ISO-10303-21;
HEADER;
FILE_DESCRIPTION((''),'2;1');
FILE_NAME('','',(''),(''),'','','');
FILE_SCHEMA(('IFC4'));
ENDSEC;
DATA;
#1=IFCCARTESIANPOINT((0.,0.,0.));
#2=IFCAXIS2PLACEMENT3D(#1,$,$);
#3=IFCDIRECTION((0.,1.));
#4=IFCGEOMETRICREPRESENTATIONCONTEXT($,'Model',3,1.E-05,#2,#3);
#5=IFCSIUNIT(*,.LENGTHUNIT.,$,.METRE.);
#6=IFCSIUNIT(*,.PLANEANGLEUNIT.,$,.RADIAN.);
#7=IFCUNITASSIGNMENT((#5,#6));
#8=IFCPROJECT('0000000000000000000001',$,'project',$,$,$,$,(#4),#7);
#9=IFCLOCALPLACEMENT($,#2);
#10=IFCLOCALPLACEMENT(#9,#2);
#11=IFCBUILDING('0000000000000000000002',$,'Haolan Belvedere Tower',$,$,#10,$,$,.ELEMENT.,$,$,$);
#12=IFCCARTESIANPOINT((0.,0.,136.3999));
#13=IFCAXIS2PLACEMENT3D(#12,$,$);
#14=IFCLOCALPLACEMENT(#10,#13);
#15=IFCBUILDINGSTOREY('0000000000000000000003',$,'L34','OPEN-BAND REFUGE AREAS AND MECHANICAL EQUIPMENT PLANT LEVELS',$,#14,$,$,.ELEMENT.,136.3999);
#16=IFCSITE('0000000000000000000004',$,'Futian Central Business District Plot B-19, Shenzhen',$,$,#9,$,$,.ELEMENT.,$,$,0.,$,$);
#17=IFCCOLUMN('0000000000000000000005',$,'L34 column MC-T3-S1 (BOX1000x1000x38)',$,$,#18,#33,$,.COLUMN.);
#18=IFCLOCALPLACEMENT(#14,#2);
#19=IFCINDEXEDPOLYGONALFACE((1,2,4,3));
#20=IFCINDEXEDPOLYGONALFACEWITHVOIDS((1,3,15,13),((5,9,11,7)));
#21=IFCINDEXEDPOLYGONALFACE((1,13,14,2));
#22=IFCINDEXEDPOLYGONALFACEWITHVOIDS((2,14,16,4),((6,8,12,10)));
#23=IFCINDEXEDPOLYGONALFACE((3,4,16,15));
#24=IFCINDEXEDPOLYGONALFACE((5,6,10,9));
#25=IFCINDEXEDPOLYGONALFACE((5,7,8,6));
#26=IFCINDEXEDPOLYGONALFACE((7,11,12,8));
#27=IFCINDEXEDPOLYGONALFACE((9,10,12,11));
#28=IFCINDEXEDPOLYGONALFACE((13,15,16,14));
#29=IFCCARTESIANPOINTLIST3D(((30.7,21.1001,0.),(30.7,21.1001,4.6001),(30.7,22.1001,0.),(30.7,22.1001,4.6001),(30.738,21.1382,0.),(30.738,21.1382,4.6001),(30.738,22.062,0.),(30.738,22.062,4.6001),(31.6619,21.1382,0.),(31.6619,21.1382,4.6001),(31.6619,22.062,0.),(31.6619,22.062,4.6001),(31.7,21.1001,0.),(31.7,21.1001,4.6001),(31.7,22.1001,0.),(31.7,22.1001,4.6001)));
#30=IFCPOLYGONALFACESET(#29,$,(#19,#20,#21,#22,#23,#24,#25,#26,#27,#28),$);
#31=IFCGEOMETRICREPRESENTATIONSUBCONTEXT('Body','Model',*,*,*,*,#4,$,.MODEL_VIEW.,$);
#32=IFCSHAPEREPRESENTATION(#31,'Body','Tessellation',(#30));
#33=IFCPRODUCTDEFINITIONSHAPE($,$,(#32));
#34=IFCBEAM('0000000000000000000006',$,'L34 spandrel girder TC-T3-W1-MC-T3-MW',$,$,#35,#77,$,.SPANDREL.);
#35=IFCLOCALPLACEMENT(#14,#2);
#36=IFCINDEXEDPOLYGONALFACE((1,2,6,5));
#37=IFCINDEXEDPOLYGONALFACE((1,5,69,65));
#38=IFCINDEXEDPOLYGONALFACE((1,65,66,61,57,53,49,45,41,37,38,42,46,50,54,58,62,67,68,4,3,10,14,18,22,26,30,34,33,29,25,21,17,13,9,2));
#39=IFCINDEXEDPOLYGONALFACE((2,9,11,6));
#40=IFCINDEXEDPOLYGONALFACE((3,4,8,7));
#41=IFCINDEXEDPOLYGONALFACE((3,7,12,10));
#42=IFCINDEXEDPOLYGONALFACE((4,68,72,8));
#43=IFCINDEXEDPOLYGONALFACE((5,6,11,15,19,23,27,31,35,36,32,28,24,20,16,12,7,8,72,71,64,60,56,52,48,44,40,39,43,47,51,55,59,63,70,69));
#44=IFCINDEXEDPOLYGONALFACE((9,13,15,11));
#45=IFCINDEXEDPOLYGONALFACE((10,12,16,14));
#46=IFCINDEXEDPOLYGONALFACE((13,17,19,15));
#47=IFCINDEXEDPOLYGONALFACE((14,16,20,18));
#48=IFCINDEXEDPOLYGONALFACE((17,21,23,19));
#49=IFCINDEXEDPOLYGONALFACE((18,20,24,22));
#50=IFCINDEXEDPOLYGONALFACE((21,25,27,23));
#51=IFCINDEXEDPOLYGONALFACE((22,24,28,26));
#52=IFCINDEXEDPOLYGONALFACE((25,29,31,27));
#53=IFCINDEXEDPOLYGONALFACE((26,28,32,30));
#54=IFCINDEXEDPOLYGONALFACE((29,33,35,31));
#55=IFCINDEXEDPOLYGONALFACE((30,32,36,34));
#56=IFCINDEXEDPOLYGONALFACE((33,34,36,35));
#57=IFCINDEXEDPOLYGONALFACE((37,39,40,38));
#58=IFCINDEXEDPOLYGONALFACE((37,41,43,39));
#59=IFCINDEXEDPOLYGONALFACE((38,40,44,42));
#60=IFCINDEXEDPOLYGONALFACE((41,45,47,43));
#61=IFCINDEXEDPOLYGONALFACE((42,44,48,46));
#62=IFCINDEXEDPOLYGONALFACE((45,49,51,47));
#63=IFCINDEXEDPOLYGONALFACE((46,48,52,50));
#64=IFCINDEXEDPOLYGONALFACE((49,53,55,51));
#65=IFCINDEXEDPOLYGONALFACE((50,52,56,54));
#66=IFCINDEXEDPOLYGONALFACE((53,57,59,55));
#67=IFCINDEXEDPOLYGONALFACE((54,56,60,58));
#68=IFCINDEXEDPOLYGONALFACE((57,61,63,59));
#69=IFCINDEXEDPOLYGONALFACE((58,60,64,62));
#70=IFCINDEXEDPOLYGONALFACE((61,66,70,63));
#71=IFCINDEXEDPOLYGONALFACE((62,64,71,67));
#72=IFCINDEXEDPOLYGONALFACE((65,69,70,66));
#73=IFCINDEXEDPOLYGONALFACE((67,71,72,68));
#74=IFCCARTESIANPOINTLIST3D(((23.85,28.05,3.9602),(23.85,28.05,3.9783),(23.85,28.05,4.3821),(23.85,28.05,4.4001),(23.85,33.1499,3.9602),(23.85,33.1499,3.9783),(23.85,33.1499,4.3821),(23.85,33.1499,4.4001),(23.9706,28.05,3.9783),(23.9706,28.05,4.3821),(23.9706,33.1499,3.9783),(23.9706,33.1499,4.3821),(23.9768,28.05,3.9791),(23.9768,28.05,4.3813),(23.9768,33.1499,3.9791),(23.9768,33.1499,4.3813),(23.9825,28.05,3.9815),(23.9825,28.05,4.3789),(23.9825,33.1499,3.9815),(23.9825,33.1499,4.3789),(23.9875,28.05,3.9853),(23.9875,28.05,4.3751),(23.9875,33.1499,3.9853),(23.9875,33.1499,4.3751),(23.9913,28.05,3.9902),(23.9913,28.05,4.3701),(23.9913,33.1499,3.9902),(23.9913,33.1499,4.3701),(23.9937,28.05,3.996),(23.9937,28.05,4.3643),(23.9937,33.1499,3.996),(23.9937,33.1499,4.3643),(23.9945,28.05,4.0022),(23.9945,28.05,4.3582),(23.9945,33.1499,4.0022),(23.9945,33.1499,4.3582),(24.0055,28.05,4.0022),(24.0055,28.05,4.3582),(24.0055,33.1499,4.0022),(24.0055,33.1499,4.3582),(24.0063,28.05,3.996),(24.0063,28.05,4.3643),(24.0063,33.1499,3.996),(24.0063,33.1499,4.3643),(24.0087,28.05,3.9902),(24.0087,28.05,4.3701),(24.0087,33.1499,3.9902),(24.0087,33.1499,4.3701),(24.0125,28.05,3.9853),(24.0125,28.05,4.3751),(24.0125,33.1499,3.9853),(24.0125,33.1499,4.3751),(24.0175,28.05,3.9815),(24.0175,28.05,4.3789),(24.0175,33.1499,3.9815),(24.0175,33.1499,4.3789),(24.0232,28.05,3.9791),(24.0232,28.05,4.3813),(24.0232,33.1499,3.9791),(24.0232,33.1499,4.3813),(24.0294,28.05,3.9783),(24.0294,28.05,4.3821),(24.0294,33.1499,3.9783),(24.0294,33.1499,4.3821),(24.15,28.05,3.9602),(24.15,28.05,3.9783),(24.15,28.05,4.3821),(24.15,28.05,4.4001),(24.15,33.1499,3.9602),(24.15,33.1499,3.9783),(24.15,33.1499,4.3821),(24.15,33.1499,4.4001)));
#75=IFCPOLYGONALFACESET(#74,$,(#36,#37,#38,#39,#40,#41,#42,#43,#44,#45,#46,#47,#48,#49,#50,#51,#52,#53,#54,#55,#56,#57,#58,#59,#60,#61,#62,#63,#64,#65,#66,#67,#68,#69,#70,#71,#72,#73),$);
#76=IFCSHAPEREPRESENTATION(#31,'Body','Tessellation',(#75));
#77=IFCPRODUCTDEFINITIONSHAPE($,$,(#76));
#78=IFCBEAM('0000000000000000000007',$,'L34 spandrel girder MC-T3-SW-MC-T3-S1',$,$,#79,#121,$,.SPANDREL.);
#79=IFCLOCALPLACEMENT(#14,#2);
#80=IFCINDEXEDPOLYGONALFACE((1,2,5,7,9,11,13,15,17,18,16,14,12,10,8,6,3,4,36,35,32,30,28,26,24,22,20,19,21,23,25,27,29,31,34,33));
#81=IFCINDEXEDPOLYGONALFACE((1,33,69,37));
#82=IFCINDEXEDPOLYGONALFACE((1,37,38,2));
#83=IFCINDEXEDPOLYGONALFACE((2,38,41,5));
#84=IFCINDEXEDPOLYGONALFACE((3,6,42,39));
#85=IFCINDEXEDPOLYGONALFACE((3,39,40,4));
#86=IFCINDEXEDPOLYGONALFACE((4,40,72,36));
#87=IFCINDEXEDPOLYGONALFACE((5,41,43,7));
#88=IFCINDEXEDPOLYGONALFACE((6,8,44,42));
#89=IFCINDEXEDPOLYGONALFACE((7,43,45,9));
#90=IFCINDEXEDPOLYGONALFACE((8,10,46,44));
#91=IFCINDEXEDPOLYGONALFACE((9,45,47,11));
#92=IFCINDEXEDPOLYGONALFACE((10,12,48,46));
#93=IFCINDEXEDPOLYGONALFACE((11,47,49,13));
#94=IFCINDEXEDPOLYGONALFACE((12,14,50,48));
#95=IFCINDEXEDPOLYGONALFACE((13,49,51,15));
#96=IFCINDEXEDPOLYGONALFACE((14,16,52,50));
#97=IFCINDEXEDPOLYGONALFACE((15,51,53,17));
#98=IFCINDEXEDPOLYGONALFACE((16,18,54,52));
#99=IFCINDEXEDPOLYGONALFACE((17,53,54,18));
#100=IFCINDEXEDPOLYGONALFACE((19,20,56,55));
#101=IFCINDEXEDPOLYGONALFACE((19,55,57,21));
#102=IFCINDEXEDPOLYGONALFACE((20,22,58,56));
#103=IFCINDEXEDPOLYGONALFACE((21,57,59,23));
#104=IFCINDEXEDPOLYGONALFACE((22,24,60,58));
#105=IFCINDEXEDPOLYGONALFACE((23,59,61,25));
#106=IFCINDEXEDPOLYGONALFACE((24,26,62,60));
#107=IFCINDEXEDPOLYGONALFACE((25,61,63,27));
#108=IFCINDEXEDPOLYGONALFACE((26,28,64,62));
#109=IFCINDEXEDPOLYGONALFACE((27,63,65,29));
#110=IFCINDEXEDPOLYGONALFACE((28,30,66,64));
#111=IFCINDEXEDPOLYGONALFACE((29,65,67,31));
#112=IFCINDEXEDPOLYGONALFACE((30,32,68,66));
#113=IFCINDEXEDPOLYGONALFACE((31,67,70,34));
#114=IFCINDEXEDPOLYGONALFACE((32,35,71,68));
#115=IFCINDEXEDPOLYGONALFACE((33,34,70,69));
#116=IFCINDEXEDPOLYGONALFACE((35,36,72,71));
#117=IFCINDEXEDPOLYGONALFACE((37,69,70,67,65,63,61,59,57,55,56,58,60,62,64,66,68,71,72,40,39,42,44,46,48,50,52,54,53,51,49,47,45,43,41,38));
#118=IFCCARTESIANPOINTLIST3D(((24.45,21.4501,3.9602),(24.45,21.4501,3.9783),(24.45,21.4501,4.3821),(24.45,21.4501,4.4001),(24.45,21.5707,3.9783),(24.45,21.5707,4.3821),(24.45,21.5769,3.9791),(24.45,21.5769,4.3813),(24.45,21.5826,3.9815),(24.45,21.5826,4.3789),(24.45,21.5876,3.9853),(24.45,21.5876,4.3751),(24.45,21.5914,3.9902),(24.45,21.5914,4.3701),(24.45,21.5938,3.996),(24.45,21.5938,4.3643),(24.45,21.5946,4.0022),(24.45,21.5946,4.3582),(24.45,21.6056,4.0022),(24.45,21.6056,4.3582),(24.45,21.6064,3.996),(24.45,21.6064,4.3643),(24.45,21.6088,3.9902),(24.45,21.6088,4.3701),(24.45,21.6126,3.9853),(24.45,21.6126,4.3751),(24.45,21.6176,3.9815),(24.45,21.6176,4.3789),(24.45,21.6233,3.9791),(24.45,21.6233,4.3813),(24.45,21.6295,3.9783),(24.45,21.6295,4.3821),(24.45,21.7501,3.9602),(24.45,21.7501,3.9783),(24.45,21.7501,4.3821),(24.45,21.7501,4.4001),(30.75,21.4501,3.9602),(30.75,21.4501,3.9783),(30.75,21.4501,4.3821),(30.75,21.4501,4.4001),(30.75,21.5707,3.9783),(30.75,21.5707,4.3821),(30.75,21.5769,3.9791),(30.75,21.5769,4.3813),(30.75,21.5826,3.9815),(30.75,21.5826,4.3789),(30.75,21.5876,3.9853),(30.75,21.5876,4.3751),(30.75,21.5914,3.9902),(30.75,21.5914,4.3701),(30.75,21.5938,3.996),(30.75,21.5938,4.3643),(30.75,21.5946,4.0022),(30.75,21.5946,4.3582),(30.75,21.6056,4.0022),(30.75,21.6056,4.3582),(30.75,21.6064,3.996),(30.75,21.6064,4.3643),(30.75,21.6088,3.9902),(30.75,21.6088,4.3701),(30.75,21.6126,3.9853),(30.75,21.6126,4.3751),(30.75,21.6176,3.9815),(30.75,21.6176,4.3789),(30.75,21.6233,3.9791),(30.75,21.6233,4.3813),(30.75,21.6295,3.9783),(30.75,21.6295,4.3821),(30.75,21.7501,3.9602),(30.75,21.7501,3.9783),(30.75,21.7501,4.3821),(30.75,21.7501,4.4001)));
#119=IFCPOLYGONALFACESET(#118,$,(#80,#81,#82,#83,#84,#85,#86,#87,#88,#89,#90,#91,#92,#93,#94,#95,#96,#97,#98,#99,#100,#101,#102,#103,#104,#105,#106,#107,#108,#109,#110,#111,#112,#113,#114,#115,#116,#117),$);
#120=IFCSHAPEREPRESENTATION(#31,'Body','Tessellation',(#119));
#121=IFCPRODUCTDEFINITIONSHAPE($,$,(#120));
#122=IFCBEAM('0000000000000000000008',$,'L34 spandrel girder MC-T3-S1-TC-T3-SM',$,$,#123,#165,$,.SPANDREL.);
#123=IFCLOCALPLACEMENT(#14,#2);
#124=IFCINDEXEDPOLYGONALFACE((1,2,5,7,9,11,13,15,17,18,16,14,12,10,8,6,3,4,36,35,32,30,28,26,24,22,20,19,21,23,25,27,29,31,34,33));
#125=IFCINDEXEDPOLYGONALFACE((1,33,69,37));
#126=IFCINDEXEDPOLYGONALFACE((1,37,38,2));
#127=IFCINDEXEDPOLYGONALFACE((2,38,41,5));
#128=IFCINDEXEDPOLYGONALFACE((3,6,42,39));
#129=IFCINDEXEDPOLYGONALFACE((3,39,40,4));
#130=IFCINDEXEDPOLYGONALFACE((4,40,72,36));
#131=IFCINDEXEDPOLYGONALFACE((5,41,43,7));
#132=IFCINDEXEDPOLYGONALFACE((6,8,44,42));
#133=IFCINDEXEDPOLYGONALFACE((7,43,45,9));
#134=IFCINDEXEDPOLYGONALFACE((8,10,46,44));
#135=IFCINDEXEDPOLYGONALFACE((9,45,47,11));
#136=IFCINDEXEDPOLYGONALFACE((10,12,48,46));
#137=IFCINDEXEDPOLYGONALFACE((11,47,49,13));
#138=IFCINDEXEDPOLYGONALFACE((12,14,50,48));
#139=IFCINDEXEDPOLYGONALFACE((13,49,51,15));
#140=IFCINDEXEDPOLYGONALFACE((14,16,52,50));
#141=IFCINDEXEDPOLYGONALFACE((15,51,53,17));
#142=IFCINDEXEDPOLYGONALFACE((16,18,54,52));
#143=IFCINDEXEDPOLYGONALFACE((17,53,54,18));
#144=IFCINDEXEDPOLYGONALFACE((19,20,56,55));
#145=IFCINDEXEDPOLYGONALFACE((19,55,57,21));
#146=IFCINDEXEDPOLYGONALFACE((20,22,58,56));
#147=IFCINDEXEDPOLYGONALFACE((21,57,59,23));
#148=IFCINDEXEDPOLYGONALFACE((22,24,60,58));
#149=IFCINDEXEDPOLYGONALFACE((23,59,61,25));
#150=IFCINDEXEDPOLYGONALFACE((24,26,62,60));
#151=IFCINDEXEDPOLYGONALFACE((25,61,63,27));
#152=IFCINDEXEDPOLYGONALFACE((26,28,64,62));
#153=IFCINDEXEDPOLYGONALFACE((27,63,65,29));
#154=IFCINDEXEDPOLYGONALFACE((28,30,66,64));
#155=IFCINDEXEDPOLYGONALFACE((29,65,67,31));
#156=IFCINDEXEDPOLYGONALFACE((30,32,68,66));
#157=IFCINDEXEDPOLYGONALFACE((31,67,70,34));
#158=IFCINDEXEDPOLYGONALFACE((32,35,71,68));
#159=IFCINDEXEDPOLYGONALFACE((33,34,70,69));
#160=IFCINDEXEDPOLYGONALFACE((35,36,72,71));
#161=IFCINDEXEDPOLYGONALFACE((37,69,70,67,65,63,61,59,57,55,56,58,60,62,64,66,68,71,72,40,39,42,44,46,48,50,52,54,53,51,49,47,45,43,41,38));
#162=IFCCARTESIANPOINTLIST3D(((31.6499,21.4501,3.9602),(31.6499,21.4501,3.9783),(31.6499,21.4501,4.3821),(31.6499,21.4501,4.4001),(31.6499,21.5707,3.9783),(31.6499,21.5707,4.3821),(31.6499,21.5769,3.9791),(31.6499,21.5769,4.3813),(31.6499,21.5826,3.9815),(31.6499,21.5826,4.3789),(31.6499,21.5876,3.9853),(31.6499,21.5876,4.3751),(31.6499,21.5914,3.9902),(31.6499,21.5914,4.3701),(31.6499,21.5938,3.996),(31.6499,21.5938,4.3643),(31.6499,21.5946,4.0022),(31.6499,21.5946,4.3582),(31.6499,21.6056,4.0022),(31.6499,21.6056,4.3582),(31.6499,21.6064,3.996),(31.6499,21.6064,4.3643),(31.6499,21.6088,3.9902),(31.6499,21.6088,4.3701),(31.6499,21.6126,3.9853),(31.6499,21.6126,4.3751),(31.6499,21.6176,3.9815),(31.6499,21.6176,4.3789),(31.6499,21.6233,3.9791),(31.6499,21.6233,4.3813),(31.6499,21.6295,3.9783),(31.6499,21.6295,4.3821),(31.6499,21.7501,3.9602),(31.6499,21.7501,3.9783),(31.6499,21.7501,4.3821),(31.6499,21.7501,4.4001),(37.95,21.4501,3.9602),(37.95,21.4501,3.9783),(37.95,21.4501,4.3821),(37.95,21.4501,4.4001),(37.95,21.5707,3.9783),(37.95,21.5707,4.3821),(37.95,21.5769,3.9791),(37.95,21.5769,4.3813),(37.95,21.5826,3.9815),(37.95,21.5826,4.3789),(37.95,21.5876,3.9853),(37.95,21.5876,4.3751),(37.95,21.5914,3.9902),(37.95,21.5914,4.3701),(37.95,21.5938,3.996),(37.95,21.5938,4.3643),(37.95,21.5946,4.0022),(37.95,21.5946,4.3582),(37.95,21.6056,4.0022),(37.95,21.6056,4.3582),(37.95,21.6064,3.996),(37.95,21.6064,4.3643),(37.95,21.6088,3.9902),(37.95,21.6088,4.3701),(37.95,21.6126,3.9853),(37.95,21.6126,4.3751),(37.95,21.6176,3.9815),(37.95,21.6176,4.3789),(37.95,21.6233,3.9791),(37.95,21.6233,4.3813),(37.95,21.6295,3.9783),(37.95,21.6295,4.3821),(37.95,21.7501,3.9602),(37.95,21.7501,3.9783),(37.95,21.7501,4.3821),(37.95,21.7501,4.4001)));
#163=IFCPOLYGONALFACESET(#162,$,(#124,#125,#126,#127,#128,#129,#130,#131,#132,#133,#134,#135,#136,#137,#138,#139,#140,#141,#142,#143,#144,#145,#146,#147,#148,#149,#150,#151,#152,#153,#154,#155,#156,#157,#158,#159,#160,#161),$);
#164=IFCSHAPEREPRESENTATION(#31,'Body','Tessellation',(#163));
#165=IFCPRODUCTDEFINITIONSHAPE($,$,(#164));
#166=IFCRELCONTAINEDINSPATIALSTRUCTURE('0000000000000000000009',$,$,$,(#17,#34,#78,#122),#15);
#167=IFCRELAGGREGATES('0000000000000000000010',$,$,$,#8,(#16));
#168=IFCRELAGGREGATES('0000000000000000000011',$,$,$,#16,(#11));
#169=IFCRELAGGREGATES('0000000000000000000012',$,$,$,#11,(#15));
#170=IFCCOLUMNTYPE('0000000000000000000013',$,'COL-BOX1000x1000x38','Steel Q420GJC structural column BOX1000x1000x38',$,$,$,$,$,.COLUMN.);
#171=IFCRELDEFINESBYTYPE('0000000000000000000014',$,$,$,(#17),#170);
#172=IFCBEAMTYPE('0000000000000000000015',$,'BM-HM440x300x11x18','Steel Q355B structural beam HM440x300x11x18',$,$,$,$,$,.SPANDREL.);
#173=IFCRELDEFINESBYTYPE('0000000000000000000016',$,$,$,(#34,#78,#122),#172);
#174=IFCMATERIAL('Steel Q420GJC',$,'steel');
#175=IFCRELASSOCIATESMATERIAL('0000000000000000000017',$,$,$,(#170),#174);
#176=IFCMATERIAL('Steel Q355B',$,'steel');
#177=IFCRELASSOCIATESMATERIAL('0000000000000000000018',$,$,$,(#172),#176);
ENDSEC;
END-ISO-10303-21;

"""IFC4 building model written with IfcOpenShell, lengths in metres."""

from ifc_helpers import new_model, si_unit, direction, frame, origin, origin_2d, place, context, subcontext, project, spatial, hollow_rectangle, i_section, extrude, material, material_profile, profile_set, type_object, element, save


model = new_model("IFC4")

# Units and contexts
model_context = context("Model", 3, precision=1e-05, world=origin(), true_north=direction((0.0, 1.0)))
body_context = subcontext(model_context, "Body", "Model", "MODEL_VIEW")
ifc_project = project(units=[si_unit("LENGTHUNIT", "METRE"), si_unit("PLANEANGLEUNIT", "RADIAN")], contexts=[model_context])

# Site, building, storey
site_placement = place(None, origin())
site = spatial("IfcSite", under=ifc_project, at=site_placement, Name="Futian Central Business District Plot B-19, Shenzhen", CompositionType="ELEMENT", RefElevation=0.0)
building_placement = place(site_placement, origin())
building = spatial("IfcBuilding", under=site, at=building_placement, Name="Haolan Belvedere Tower", CompositionType="ELEMENT")
storey_placement = place(building_placement, frame((0.0, 0.0, 136.3999)))
storey = spatial("IfcBuildingStorey", under=building, at=storey_placement, Name="L34", Description="OPEN-BAND REFUGE AREAS AND MECHANICAL EQUIPMENT PLANT LEVELS", CompositionType="ELEMENT", Elevation=136.3999)

# Column
ifc_material_1 = material(Name="Steel Q420GJC", Category="steel")
ifc_material_profile_1 = material_profile(ifc_material_1, hollow_rectangle(XDim=1.0, YDim=1.0, WallThickness=0.0381, at=origin_2d()), Name="Steel Q420GJC")
ifc_profile_set_1 = profile_set([ifc_material_profile_1], Name="Steel Q420GJC")
column_type = type_object("IfcColumnType", Name="COL-BOX1000x1000x38", Description="Steel Q420GJC structural column BOX1000x1000x38", PredefinedType="COLUMN", material=ifc_profile_set_1)
column_placement = place(storey_placement, frame((31.2, 21.6001, 0.0), z_axis=(0.0, 0.0, 1.0), x_axis=(1.0, 0.0, 0.0)))
element("IfcColumn", 1, at=column_placement, inside=storey, type_object=column_type, Name="L34 column MC-T3-S1 (BOX1000x1000x38)", PredefinedType="COLUMN", context=body_context, shape_type="SweptSolid", body=[
    extrude(hollow_rectangle(XDim=1.0, YDim=1.0, WallThickness=0.0381, at=origin_2d()), origin(), (0.0, 0.0, 1.0), 4.6001),
])

# Beams
ifc_material_2 = material(Name="Steel Q355B", Category="steel")
ifc_material_profile_2 = material_profile(ifc_material_2, i_section(OverallWidth=0.3, OverallDepth=0.4399, WebThickness=0.011, FlangeThickness=0.0181, FilletRadius=0.0239, at=origin_2d()), Name="Steel Q355B")
ifc_profile_set_2 = profile_set([ifc_material_profile_2], Name="Steel Q355B")
beam_type_1 = type_object("IfcBeamType", Name="BM-HM440x300x11x18", Description="Steel Q355B structural beam HM440x300x11x18", PredefinedType="SPANDREL", material=ifc_profile_set_2)
beam_1_placement = place(storey_placement, frame((24.0, 28.05, 4.1802), z_axis=(0.0, 1.0, 0.0), x_axis=(-1.0, 0.0, 0.0)))
element("IfcBeam", 2, at=beam_1_placement, inside=storey, type_object=beam_type_1, Name="L34 spandrel girder TC-T3-W1-MC-T3-MW", PredefinedType="SPANDREL", context=body_context, shape_type="SweptSolid", body=[
    extrude(i_section(OverallWidth=0.3, OverallDepth=0.4399, WebThickness=0.011, FlangeThickness=0.0181, FilletRadius=0.0239, at=origin_2d()), origin(), (0.0, 0.0, 1.0), 5.0999),
])
for number, where, z_axis, x_axis, name in (
    (3, (24.45, 21.6001, 4.1802), (1.0, 0.0, 0.0), (0.0, 1.0, 0.0), "L34 spandrel girder MC-T3-SW-MC-T3-S1"),
    (4, (31.6499, 21.6001, 4.1802), (1.0, 0.0, 0.0), (0.0, 1.0, 0.0), "L34 spandrel girder MC-T3-S1-TC-T3-SM"),
):
    element("IfcBeam", number, at=place(storey_placement, frame(where, z_axis=z_axis, x_axis=x_axis)), inside=storey, type_object=beam_type_1, Name=name, PredefinedType="SPANDREL", context=body_context, shape_type="SweptSolid", body=[
        extrude(i_section(OverallWidth=0.3, OverallDepth=0.4399, WebThickness=0.011, FlangeThickness=0.0181, FilletRadius=0.0239, at=origin_2d()), origin(), (0.0, 0.0, 1.0), 6.3),
    ])

save(model, "model.ifc")
